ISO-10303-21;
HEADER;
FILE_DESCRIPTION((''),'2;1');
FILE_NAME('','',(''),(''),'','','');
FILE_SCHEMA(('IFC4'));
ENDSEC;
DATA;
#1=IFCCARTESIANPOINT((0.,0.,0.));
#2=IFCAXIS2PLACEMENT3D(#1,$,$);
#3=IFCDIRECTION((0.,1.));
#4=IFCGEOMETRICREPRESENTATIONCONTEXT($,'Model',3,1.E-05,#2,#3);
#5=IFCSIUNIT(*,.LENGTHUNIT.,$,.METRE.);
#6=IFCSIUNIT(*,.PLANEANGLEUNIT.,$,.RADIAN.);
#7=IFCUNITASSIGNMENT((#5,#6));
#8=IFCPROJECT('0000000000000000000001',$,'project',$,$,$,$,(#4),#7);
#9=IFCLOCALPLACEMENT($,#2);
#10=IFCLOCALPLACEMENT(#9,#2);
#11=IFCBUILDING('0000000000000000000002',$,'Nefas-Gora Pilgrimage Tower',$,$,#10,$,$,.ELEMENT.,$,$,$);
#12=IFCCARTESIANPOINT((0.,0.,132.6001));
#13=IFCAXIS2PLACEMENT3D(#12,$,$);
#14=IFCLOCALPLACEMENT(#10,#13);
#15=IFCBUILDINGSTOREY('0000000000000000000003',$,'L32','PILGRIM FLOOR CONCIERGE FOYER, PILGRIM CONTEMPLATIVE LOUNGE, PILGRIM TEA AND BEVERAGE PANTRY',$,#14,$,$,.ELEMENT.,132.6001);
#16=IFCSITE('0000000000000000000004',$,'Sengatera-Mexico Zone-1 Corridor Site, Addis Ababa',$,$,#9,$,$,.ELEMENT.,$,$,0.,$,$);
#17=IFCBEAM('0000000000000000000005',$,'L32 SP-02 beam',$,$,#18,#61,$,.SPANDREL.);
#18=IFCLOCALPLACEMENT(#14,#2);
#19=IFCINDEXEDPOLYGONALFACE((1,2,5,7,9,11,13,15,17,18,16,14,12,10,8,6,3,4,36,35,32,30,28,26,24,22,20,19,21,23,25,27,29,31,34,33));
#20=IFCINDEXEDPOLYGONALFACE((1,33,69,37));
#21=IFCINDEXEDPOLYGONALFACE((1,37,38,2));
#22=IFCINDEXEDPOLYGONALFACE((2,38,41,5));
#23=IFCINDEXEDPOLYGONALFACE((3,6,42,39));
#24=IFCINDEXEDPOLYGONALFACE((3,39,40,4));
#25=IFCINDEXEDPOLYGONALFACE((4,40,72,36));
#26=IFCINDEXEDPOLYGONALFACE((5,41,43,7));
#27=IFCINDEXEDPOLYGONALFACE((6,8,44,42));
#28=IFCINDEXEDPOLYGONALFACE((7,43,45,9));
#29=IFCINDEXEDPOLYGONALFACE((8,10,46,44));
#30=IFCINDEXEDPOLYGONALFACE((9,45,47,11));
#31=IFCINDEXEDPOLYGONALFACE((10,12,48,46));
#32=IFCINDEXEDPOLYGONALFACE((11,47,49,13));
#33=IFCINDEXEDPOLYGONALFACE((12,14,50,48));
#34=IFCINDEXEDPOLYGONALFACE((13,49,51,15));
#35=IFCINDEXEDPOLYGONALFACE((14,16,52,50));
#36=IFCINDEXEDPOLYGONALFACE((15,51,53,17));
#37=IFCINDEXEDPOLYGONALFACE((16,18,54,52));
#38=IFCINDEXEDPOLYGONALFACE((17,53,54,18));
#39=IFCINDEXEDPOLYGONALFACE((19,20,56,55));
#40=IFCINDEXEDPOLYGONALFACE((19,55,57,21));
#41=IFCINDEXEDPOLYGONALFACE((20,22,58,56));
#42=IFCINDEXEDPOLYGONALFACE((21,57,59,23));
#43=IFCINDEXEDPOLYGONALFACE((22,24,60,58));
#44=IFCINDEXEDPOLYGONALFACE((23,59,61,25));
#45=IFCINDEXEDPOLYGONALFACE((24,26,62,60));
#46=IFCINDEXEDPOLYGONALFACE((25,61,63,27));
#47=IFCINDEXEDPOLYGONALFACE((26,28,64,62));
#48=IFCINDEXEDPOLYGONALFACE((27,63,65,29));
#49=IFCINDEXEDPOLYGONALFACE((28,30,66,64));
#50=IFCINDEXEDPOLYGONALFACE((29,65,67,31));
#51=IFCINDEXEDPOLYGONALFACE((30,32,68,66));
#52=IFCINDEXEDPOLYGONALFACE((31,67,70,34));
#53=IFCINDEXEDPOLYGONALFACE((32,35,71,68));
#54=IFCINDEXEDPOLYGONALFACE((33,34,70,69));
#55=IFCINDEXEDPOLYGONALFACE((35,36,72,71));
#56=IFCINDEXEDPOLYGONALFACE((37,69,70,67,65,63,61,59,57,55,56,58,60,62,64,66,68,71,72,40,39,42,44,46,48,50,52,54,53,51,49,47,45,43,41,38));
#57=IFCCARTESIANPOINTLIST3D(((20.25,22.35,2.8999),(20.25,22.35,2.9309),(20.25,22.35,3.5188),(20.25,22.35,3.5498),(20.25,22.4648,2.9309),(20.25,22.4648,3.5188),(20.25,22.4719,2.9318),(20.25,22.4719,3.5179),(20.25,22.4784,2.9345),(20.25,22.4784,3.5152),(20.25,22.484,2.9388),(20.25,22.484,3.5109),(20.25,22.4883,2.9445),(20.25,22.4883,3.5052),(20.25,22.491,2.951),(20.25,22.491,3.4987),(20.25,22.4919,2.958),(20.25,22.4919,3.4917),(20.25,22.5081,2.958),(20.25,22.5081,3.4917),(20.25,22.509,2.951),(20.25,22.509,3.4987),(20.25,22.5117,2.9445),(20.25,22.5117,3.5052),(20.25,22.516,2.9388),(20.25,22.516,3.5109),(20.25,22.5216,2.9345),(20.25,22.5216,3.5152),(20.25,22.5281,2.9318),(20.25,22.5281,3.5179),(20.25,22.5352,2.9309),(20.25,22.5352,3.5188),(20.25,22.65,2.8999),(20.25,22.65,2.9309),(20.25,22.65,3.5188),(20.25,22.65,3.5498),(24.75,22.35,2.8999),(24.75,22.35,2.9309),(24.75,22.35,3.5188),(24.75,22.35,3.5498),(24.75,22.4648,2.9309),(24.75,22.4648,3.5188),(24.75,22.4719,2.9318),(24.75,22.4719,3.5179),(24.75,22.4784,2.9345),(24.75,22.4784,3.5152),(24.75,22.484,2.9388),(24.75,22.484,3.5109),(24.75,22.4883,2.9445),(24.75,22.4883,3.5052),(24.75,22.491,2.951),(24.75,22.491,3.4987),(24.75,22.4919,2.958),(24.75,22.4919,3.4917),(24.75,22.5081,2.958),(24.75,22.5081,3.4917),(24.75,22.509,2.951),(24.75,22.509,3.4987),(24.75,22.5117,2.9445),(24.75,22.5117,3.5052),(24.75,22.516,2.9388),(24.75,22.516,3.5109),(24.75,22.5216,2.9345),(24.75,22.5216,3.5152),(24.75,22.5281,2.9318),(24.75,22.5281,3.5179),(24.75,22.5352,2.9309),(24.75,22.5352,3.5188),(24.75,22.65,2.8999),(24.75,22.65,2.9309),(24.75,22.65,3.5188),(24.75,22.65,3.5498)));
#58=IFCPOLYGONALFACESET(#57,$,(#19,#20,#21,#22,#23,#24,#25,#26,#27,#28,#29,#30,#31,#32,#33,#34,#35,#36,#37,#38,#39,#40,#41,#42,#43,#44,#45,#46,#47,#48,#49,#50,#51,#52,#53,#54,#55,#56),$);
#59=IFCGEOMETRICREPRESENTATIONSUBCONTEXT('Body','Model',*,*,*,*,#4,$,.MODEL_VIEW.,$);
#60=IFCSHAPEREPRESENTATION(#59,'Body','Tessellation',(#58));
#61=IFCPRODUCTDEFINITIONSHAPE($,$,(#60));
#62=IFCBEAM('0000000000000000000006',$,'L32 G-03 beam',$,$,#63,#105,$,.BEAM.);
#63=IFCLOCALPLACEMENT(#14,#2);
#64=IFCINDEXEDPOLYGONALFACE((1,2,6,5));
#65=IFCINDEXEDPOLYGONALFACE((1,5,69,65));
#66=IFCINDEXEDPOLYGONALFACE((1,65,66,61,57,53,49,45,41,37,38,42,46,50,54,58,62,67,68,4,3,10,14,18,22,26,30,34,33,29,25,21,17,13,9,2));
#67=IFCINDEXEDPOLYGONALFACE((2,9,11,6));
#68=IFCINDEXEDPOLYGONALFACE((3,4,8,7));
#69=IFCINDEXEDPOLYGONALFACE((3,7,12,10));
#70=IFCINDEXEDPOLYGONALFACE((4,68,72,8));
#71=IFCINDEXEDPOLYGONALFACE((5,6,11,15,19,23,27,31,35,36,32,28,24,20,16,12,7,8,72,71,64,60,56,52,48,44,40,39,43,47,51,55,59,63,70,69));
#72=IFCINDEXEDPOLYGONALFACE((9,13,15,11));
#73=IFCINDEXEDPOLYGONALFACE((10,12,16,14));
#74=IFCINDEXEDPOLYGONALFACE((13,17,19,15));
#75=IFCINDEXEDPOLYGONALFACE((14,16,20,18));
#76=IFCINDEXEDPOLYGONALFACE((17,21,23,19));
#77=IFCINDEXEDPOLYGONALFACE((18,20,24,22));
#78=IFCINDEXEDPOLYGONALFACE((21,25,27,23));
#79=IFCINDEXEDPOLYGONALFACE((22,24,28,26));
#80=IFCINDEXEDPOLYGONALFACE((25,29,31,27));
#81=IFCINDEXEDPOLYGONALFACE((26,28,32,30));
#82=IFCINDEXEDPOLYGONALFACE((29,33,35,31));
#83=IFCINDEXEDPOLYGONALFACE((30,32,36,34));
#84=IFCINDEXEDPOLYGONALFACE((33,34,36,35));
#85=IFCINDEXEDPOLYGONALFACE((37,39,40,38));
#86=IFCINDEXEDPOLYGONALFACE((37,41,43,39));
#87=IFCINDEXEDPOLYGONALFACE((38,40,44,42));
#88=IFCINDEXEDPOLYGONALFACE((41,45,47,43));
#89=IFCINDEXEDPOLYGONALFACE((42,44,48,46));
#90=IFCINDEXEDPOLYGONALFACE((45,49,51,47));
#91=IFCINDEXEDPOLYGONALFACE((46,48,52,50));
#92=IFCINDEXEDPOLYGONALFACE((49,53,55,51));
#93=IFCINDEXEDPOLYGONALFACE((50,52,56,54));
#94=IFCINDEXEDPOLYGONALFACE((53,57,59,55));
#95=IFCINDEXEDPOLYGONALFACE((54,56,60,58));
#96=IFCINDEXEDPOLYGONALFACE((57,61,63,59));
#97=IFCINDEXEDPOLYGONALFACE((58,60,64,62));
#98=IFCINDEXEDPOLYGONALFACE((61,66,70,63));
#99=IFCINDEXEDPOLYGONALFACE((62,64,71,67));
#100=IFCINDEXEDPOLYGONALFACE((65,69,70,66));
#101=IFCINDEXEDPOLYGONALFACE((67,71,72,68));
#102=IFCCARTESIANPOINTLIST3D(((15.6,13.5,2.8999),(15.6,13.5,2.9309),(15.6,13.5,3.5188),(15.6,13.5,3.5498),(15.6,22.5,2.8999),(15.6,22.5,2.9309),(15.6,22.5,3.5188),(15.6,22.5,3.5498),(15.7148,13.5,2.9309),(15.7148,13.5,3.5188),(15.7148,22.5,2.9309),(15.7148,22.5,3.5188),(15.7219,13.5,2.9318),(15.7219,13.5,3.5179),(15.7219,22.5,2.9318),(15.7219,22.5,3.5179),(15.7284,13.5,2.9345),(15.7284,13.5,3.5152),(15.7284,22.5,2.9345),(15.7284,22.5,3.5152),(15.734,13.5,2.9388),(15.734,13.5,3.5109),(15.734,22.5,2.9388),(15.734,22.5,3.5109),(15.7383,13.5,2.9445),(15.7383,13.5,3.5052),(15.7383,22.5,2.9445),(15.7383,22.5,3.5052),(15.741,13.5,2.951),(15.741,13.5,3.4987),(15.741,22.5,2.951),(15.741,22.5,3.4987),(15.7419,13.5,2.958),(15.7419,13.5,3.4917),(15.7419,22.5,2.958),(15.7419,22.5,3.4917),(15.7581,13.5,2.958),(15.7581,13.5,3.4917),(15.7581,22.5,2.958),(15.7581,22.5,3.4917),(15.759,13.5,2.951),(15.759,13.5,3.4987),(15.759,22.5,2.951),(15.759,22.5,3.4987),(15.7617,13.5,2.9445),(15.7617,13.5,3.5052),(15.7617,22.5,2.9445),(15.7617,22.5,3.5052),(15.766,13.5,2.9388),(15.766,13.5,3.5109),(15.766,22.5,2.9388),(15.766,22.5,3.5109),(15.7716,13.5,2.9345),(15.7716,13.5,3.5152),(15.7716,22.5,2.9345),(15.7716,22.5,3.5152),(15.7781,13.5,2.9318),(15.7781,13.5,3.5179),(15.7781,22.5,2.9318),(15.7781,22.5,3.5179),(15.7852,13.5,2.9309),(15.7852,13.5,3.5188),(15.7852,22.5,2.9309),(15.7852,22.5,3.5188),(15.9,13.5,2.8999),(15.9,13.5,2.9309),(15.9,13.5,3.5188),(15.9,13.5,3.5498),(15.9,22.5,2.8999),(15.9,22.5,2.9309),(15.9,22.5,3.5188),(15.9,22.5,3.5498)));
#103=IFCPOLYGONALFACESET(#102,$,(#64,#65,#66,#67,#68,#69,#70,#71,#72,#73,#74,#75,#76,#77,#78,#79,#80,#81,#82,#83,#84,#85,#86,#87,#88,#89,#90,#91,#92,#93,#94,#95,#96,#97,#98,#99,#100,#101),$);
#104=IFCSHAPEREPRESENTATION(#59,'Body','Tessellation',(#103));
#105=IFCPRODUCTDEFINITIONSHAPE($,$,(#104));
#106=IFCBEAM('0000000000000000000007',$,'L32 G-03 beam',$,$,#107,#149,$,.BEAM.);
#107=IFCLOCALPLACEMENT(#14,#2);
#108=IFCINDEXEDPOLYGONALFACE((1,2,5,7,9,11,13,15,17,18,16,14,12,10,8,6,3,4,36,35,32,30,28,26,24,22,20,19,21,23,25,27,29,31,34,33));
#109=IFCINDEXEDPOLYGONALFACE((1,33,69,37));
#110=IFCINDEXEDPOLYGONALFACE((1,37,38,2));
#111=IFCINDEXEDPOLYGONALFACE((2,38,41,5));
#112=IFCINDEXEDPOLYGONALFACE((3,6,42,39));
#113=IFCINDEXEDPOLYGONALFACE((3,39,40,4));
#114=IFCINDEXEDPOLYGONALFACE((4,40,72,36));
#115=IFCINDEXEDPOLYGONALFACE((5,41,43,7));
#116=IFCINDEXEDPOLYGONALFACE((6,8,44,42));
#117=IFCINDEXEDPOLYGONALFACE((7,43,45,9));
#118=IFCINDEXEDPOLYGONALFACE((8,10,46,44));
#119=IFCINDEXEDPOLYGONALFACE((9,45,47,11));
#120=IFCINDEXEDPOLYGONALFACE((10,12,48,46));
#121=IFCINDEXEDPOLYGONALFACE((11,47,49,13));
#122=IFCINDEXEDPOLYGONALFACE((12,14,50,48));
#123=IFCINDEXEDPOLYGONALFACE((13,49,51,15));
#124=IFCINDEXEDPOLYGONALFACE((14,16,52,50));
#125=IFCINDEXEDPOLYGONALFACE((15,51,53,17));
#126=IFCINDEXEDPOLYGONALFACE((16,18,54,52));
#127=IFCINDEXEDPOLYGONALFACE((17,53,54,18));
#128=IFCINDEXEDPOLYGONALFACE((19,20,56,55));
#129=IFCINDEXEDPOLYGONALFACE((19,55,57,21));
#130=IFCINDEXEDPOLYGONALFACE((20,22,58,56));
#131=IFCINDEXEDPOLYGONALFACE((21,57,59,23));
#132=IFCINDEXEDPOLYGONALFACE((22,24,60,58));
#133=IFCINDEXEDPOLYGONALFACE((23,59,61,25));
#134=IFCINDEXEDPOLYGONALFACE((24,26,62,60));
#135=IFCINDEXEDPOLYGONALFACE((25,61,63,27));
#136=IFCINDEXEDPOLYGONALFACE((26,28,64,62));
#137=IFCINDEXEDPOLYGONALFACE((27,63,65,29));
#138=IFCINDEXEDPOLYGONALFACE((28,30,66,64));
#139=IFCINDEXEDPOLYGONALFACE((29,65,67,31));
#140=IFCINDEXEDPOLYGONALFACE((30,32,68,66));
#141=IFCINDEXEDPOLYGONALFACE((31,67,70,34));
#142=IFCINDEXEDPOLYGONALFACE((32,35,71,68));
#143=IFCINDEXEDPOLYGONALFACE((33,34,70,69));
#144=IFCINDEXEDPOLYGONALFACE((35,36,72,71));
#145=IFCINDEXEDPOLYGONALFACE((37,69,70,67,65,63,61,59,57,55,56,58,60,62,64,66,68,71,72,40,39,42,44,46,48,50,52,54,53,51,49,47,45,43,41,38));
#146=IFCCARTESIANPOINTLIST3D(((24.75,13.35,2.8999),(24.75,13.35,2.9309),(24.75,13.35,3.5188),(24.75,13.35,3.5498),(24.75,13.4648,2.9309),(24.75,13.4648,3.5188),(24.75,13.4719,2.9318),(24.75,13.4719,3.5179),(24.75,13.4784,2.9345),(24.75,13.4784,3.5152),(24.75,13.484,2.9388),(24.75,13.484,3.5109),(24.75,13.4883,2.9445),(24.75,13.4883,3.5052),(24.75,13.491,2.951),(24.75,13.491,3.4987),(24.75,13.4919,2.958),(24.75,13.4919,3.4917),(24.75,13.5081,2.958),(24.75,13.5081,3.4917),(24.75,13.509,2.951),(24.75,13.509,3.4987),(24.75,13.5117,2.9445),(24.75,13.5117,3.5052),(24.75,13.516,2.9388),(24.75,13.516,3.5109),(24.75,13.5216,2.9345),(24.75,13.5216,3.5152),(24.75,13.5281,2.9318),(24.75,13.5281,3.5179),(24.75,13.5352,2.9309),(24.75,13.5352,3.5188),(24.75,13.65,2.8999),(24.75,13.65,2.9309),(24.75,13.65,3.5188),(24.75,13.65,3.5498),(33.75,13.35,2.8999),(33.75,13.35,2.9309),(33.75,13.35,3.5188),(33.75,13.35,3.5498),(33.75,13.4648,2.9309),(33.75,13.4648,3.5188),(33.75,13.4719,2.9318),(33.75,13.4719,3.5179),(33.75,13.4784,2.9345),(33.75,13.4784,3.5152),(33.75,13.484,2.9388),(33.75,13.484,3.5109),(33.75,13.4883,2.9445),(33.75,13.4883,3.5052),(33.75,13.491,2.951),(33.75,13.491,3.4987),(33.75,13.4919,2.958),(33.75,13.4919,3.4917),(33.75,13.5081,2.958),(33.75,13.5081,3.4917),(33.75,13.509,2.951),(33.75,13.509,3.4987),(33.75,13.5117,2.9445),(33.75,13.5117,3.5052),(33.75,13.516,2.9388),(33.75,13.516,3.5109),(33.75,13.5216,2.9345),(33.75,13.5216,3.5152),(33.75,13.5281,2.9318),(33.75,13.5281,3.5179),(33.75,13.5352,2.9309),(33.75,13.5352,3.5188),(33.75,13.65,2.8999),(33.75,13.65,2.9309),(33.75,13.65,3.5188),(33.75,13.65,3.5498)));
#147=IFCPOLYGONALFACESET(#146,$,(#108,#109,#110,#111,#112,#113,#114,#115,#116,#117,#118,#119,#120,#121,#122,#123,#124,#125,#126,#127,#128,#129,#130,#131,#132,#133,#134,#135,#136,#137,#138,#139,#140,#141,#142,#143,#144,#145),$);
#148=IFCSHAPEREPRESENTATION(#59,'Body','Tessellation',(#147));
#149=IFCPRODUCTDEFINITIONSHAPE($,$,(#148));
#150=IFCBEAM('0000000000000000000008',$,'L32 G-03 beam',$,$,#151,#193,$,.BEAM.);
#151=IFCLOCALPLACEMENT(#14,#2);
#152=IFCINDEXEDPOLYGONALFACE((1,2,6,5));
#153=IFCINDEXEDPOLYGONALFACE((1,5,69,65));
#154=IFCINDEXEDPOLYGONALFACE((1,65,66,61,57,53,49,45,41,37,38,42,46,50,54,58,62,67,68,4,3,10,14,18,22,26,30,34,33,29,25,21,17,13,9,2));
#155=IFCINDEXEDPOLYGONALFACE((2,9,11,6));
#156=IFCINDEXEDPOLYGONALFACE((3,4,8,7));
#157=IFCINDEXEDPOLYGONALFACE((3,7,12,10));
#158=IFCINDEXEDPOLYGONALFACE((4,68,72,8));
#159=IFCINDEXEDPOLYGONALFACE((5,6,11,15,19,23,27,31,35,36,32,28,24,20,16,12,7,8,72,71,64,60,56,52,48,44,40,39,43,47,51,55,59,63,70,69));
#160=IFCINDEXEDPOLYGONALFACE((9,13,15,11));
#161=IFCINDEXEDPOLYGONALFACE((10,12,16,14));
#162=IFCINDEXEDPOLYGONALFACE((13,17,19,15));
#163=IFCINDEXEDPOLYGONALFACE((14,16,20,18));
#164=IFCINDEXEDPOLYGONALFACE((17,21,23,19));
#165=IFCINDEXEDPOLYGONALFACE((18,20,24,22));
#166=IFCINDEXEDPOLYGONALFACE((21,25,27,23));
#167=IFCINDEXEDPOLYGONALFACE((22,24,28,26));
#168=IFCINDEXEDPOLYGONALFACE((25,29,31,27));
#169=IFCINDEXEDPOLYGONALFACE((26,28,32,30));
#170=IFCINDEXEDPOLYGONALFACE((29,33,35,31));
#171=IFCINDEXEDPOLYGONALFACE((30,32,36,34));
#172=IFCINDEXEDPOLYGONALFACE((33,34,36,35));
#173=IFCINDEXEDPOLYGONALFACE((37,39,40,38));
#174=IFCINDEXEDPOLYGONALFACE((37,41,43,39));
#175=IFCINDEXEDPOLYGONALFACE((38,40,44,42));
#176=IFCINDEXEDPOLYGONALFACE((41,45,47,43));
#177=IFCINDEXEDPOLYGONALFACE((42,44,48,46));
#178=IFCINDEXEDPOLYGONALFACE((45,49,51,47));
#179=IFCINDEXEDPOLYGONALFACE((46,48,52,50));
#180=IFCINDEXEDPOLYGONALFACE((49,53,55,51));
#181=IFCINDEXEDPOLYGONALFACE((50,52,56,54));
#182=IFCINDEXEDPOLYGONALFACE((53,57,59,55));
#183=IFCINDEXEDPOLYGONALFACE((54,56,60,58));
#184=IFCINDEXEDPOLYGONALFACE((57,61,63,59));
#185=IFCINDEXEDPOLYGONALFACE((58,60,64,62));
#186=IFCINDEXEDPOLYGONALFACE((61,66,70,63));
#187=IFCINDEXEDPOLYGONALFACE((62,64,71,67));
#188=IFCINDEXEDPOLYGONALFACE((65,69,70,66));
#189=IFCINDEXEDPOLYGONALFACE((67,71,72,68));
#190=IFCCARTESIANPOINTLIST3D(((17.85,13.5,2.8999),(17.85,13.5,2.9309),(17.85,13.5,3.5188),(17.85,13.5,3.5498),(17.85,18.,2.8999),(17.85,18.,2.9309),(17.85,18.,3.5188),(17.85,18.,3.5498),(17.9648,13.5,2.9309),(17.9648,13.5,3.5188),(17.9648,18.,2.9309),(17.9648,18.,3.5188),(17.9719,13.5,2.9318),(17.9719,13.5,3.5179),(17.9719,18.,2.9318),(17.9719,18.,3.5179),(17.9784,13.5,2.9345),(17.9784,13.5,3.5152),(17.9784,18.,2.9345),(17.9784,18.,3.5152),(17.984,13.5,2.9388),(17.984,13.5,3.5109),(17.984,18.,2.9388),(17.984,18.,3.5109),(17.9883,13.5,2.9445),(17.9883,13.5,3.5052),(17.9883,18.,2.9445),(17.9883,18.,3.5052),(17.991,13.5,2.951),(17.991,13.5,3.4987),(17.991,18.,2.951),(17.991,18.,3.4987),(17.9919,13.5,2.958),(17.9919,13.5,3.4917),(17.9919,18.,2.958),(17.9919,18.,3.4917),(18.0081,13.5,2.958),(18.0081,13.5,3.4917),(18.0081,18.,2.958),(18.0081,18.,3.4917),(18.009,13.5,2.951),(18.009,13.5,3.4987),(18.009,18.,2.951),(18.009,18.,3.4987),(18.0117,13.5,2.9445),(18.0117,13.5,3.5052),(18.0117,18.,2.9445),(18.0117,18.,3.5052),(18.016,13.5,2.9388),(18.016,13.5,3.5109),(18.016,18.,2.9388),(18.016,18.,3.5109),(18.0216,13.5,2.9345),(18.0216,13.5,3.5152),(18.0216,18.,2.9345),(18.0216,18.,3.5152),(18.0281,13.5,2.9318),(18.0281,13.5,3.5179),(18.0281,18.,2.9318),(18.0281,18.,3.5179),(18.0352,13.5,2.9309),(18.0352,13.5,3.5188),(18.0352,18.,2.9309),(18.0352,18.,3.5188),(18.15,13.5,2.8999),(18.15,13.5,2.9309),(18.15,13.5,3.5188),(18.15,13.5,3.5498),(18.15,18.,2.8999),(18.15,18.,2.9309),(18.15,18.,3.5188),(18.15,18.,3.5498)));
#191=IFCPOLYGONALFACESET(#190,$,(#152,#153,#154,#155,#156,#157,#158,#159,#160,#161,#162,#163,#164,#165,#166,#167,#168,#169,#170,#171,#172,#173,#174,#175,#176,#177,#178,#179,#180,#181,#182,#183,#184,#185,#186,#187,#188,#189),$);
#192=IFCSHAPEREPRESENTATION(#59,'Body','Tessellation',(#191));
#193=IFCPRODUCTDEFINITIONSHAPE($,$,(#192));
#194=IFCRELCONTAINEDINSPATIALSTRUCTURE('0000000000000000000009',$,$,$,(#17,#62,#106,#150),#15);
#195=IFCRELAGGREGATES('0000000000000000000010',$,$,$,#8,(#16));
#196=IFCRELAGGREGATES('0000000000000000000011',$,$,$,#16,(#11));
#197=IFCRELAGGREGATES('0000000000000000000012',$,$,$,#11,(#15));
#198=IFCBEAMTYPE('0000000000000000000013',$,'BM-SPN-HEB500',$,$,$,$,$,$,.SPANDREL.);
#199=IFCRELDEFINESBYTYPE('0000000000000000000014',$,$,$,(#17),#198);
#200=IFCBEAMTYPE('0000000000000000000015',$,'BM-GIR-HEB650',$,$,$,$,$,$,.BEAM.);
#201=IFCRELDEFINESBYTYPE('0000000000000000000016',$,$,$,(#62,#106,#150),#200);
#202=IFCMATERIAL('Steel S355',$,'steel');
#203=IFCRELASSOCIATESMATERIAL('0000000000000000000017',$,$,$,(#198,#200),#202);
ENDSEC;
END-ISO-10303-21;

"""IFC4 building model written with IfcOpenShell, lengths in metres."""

from ifc_helpers import new_model, si_unit, direction, frame, origin, origin_2d, place, context, subcontext, project, spatial, i_section, extrude, source, transform, mapped, material, material_profile, profile_set, type_object, element, save


model = new_model("IFC4")

# Units and contexts
model_context = context("Model", 3, precision=1e-05, world=origin(), true_north=direction((0.0, 1.0)))
body_context = subcontext(model_context, "Body", "Model", "MODEL_VIEW")
ifc_project = project(units=[si_unit("LENGTHUNIT", "METRE"), si_unit("PLANEANGLEUNIT", "RADIAN")], contexts=[model_context])

# Site, building, storey
site_placement = place(None, origin())
site = spatial("IfcSite", under=ifc_project, at=site_placement, Name="Sengatera-Mexico Zone-1 Corridor Site, Addis Ababa", CompositionType="ELEMENT", RefElevation=0.0)
building_placement = place(site_placement, origin())
building = spatial("IfcBuilding", under=site, at=building_placement, Name="Nefas-Gora Pilgrimage Tower", CompositionType="ELEMENT")
storey_placement = place(building_placement, frame((0.0, 0.0, 132.6001)))
storey = spatial("IfcBuildingStorey", under=building, at=storey_placement, Name="L32", Description="PILGRIM FLOOR CONCIERGE FOYER, PILGRIM CONTEMPLATIVE LOUNGE, PILGRIM TEA AND BEVERAGE PANTRY", CompositionType="ELEMENT", Elevation=132.6001)

# Beams
ifc_material_1 = material(Name="Steel S355", Category="steel")
ifc_material_profile_1 = material_profile(ifc_material_1, i_section(OverallWidth=0.3, OverallDepth=0.6499, WebThickness=0.0161, FlangeThickness=0.031, FilletRadius=0.0271, at=origin_2d()), Name="HEB 650")
ifc_profile_set_1 = profile_set([ifc_material_profile_1], Name="Steel S355")
beam_type_1 = type_object("IfcBeamType", Name="BM-SPN-HEB500", PredefinedType="SPANDREL", material=ifc_profile_set_1)
shared_shape_1 = source(origin(), body_context, "Body", "SweptSolid", [
    extrude(i_section(OverallWidth=0.3, OverallDepth=0.6499, WebThickness=0.0161, FlangeThickness=0.031, FilletRadius=0.0271, at=origin_2d()), origin(), (0.0, 0.0, 1.0), 4.5),
])
beam_1_placement = place(storey_placement, frame((20.25, 22.5, 3.2249), z_axis=(1.0, 0.0, 0.0), x_axis=(0.0, 1.0, 0.0)))
element("IfcBeam", 1, at=beam_1_placement, inside=storey, type_object=beam_type_1, Name="L32 SP-02 beam", PredefinedType="SPANDREL", context=body_context, shape_type="MappedRepresentation", body=[
    mapped(shared_shape_1, transform((0.0, 0.0, 0.0), x_axis=(1.0, 0.0, 0.0), y_axis=(0.0, 1.0, 0.0), z_axis=(0.0, 0.0, 1.0), scale=1.0)),
])
ifc_material_profile_2 = material_profile(ifc_material_1, i_section(OverallWidth=0.3, OverallDepth=0.6499, WebThickness=0.0161, FlangeThickness=0.031, FilletRadius=0.0271, at=origin_2d()), Name="HEB 650")
ifc_profile_set_2 = profile_set([ifc_material_profile_2], Name="Steel S355")
beam_type_2 = type_object("IfcBeamType", Name="BM-GIR-HEB650", PredefinedType="BEAM", material=ifc_profile_set_2)
shared_shape_2 = source(origin(), body_context, "Body", "SweptSolid", [
    extrude(i_section(OverallWidth=0.3, OverallDepth=0.6499, WebThickness=0.0161, FlangeThickness=0.031, FilletRadius=0.0271, at=origin_2d()), origin(), (0.0, 0.0, 1.0), 9.0),
])
for number, where, z_axis, x_axis, name in (
    (2, (15.75, 13.5, 3.2249), (0.0, 1.0, 0.0), (-1.0, 0.0, 0.0), "L32 G-03 beam"),
    (3, (24.75, 13.5, 3.2249), (1.0, 0.0, 0.0), (0.0, 1.0, 0.0), "L32 G-03 beam"),
):
    element("IfcBeam", number, at=place(storey_placement, frame(where, z_axis=z_axis, x_axis=x_axis)), inside=storey, type_object=beam_type_2, Name=name, PredefinedType="BEAM", context=body_context, shape_type="MappedRepresentation", body=[
        mapped(shared_shape_2, transform((0.0, 0.0, 0.0), x_axis=(1.0, 0.0, 0.0), y_axis=(0.0, 1.0, 0.0), z_axis=(0.0, 0.0, 1.0), scale=1.0)),
    ])
shared_shape_3 = source(origin(), body_context, "Body", "SweptSolid", [
    extrude(i_section(OverallWidth=0.3, OverallDepth=0.6499, WebThickness=0.0161, FlangeThickness=0.031, FilletRadius=0.0271, at=origin_2d()), origin(), (0.0, 0.0, 1.0), 4.5),
])
for number, where, z_axis, x_axis, name in (
    (4, (18.0, 13.5, 3.2249), (0.0, 1.0, 0.0), (-1.0, 0.0, 0.0), "L32 G-03 beam"),
):
    element("IfcBeam", number, at=place(storey_placement, frame(where, z_axis=z_axis, x_axis=x_axis)), inside=storey, type_object=beam_type_2, Name=name, PredefinedType="BEAM", context=body_context, shape_type="MappedRepresentation", body=[
        mapped(shared_shape_3, transform((0.0, 0.0, 0.0), x_axis=(1.0, 0.0, 0.0), y_axis=(0.0, 1.0, 0.0), z_axis=(0.0, 0.0, 1.0), scale=1.0)),
    ])

save(model, "model.ifc")
